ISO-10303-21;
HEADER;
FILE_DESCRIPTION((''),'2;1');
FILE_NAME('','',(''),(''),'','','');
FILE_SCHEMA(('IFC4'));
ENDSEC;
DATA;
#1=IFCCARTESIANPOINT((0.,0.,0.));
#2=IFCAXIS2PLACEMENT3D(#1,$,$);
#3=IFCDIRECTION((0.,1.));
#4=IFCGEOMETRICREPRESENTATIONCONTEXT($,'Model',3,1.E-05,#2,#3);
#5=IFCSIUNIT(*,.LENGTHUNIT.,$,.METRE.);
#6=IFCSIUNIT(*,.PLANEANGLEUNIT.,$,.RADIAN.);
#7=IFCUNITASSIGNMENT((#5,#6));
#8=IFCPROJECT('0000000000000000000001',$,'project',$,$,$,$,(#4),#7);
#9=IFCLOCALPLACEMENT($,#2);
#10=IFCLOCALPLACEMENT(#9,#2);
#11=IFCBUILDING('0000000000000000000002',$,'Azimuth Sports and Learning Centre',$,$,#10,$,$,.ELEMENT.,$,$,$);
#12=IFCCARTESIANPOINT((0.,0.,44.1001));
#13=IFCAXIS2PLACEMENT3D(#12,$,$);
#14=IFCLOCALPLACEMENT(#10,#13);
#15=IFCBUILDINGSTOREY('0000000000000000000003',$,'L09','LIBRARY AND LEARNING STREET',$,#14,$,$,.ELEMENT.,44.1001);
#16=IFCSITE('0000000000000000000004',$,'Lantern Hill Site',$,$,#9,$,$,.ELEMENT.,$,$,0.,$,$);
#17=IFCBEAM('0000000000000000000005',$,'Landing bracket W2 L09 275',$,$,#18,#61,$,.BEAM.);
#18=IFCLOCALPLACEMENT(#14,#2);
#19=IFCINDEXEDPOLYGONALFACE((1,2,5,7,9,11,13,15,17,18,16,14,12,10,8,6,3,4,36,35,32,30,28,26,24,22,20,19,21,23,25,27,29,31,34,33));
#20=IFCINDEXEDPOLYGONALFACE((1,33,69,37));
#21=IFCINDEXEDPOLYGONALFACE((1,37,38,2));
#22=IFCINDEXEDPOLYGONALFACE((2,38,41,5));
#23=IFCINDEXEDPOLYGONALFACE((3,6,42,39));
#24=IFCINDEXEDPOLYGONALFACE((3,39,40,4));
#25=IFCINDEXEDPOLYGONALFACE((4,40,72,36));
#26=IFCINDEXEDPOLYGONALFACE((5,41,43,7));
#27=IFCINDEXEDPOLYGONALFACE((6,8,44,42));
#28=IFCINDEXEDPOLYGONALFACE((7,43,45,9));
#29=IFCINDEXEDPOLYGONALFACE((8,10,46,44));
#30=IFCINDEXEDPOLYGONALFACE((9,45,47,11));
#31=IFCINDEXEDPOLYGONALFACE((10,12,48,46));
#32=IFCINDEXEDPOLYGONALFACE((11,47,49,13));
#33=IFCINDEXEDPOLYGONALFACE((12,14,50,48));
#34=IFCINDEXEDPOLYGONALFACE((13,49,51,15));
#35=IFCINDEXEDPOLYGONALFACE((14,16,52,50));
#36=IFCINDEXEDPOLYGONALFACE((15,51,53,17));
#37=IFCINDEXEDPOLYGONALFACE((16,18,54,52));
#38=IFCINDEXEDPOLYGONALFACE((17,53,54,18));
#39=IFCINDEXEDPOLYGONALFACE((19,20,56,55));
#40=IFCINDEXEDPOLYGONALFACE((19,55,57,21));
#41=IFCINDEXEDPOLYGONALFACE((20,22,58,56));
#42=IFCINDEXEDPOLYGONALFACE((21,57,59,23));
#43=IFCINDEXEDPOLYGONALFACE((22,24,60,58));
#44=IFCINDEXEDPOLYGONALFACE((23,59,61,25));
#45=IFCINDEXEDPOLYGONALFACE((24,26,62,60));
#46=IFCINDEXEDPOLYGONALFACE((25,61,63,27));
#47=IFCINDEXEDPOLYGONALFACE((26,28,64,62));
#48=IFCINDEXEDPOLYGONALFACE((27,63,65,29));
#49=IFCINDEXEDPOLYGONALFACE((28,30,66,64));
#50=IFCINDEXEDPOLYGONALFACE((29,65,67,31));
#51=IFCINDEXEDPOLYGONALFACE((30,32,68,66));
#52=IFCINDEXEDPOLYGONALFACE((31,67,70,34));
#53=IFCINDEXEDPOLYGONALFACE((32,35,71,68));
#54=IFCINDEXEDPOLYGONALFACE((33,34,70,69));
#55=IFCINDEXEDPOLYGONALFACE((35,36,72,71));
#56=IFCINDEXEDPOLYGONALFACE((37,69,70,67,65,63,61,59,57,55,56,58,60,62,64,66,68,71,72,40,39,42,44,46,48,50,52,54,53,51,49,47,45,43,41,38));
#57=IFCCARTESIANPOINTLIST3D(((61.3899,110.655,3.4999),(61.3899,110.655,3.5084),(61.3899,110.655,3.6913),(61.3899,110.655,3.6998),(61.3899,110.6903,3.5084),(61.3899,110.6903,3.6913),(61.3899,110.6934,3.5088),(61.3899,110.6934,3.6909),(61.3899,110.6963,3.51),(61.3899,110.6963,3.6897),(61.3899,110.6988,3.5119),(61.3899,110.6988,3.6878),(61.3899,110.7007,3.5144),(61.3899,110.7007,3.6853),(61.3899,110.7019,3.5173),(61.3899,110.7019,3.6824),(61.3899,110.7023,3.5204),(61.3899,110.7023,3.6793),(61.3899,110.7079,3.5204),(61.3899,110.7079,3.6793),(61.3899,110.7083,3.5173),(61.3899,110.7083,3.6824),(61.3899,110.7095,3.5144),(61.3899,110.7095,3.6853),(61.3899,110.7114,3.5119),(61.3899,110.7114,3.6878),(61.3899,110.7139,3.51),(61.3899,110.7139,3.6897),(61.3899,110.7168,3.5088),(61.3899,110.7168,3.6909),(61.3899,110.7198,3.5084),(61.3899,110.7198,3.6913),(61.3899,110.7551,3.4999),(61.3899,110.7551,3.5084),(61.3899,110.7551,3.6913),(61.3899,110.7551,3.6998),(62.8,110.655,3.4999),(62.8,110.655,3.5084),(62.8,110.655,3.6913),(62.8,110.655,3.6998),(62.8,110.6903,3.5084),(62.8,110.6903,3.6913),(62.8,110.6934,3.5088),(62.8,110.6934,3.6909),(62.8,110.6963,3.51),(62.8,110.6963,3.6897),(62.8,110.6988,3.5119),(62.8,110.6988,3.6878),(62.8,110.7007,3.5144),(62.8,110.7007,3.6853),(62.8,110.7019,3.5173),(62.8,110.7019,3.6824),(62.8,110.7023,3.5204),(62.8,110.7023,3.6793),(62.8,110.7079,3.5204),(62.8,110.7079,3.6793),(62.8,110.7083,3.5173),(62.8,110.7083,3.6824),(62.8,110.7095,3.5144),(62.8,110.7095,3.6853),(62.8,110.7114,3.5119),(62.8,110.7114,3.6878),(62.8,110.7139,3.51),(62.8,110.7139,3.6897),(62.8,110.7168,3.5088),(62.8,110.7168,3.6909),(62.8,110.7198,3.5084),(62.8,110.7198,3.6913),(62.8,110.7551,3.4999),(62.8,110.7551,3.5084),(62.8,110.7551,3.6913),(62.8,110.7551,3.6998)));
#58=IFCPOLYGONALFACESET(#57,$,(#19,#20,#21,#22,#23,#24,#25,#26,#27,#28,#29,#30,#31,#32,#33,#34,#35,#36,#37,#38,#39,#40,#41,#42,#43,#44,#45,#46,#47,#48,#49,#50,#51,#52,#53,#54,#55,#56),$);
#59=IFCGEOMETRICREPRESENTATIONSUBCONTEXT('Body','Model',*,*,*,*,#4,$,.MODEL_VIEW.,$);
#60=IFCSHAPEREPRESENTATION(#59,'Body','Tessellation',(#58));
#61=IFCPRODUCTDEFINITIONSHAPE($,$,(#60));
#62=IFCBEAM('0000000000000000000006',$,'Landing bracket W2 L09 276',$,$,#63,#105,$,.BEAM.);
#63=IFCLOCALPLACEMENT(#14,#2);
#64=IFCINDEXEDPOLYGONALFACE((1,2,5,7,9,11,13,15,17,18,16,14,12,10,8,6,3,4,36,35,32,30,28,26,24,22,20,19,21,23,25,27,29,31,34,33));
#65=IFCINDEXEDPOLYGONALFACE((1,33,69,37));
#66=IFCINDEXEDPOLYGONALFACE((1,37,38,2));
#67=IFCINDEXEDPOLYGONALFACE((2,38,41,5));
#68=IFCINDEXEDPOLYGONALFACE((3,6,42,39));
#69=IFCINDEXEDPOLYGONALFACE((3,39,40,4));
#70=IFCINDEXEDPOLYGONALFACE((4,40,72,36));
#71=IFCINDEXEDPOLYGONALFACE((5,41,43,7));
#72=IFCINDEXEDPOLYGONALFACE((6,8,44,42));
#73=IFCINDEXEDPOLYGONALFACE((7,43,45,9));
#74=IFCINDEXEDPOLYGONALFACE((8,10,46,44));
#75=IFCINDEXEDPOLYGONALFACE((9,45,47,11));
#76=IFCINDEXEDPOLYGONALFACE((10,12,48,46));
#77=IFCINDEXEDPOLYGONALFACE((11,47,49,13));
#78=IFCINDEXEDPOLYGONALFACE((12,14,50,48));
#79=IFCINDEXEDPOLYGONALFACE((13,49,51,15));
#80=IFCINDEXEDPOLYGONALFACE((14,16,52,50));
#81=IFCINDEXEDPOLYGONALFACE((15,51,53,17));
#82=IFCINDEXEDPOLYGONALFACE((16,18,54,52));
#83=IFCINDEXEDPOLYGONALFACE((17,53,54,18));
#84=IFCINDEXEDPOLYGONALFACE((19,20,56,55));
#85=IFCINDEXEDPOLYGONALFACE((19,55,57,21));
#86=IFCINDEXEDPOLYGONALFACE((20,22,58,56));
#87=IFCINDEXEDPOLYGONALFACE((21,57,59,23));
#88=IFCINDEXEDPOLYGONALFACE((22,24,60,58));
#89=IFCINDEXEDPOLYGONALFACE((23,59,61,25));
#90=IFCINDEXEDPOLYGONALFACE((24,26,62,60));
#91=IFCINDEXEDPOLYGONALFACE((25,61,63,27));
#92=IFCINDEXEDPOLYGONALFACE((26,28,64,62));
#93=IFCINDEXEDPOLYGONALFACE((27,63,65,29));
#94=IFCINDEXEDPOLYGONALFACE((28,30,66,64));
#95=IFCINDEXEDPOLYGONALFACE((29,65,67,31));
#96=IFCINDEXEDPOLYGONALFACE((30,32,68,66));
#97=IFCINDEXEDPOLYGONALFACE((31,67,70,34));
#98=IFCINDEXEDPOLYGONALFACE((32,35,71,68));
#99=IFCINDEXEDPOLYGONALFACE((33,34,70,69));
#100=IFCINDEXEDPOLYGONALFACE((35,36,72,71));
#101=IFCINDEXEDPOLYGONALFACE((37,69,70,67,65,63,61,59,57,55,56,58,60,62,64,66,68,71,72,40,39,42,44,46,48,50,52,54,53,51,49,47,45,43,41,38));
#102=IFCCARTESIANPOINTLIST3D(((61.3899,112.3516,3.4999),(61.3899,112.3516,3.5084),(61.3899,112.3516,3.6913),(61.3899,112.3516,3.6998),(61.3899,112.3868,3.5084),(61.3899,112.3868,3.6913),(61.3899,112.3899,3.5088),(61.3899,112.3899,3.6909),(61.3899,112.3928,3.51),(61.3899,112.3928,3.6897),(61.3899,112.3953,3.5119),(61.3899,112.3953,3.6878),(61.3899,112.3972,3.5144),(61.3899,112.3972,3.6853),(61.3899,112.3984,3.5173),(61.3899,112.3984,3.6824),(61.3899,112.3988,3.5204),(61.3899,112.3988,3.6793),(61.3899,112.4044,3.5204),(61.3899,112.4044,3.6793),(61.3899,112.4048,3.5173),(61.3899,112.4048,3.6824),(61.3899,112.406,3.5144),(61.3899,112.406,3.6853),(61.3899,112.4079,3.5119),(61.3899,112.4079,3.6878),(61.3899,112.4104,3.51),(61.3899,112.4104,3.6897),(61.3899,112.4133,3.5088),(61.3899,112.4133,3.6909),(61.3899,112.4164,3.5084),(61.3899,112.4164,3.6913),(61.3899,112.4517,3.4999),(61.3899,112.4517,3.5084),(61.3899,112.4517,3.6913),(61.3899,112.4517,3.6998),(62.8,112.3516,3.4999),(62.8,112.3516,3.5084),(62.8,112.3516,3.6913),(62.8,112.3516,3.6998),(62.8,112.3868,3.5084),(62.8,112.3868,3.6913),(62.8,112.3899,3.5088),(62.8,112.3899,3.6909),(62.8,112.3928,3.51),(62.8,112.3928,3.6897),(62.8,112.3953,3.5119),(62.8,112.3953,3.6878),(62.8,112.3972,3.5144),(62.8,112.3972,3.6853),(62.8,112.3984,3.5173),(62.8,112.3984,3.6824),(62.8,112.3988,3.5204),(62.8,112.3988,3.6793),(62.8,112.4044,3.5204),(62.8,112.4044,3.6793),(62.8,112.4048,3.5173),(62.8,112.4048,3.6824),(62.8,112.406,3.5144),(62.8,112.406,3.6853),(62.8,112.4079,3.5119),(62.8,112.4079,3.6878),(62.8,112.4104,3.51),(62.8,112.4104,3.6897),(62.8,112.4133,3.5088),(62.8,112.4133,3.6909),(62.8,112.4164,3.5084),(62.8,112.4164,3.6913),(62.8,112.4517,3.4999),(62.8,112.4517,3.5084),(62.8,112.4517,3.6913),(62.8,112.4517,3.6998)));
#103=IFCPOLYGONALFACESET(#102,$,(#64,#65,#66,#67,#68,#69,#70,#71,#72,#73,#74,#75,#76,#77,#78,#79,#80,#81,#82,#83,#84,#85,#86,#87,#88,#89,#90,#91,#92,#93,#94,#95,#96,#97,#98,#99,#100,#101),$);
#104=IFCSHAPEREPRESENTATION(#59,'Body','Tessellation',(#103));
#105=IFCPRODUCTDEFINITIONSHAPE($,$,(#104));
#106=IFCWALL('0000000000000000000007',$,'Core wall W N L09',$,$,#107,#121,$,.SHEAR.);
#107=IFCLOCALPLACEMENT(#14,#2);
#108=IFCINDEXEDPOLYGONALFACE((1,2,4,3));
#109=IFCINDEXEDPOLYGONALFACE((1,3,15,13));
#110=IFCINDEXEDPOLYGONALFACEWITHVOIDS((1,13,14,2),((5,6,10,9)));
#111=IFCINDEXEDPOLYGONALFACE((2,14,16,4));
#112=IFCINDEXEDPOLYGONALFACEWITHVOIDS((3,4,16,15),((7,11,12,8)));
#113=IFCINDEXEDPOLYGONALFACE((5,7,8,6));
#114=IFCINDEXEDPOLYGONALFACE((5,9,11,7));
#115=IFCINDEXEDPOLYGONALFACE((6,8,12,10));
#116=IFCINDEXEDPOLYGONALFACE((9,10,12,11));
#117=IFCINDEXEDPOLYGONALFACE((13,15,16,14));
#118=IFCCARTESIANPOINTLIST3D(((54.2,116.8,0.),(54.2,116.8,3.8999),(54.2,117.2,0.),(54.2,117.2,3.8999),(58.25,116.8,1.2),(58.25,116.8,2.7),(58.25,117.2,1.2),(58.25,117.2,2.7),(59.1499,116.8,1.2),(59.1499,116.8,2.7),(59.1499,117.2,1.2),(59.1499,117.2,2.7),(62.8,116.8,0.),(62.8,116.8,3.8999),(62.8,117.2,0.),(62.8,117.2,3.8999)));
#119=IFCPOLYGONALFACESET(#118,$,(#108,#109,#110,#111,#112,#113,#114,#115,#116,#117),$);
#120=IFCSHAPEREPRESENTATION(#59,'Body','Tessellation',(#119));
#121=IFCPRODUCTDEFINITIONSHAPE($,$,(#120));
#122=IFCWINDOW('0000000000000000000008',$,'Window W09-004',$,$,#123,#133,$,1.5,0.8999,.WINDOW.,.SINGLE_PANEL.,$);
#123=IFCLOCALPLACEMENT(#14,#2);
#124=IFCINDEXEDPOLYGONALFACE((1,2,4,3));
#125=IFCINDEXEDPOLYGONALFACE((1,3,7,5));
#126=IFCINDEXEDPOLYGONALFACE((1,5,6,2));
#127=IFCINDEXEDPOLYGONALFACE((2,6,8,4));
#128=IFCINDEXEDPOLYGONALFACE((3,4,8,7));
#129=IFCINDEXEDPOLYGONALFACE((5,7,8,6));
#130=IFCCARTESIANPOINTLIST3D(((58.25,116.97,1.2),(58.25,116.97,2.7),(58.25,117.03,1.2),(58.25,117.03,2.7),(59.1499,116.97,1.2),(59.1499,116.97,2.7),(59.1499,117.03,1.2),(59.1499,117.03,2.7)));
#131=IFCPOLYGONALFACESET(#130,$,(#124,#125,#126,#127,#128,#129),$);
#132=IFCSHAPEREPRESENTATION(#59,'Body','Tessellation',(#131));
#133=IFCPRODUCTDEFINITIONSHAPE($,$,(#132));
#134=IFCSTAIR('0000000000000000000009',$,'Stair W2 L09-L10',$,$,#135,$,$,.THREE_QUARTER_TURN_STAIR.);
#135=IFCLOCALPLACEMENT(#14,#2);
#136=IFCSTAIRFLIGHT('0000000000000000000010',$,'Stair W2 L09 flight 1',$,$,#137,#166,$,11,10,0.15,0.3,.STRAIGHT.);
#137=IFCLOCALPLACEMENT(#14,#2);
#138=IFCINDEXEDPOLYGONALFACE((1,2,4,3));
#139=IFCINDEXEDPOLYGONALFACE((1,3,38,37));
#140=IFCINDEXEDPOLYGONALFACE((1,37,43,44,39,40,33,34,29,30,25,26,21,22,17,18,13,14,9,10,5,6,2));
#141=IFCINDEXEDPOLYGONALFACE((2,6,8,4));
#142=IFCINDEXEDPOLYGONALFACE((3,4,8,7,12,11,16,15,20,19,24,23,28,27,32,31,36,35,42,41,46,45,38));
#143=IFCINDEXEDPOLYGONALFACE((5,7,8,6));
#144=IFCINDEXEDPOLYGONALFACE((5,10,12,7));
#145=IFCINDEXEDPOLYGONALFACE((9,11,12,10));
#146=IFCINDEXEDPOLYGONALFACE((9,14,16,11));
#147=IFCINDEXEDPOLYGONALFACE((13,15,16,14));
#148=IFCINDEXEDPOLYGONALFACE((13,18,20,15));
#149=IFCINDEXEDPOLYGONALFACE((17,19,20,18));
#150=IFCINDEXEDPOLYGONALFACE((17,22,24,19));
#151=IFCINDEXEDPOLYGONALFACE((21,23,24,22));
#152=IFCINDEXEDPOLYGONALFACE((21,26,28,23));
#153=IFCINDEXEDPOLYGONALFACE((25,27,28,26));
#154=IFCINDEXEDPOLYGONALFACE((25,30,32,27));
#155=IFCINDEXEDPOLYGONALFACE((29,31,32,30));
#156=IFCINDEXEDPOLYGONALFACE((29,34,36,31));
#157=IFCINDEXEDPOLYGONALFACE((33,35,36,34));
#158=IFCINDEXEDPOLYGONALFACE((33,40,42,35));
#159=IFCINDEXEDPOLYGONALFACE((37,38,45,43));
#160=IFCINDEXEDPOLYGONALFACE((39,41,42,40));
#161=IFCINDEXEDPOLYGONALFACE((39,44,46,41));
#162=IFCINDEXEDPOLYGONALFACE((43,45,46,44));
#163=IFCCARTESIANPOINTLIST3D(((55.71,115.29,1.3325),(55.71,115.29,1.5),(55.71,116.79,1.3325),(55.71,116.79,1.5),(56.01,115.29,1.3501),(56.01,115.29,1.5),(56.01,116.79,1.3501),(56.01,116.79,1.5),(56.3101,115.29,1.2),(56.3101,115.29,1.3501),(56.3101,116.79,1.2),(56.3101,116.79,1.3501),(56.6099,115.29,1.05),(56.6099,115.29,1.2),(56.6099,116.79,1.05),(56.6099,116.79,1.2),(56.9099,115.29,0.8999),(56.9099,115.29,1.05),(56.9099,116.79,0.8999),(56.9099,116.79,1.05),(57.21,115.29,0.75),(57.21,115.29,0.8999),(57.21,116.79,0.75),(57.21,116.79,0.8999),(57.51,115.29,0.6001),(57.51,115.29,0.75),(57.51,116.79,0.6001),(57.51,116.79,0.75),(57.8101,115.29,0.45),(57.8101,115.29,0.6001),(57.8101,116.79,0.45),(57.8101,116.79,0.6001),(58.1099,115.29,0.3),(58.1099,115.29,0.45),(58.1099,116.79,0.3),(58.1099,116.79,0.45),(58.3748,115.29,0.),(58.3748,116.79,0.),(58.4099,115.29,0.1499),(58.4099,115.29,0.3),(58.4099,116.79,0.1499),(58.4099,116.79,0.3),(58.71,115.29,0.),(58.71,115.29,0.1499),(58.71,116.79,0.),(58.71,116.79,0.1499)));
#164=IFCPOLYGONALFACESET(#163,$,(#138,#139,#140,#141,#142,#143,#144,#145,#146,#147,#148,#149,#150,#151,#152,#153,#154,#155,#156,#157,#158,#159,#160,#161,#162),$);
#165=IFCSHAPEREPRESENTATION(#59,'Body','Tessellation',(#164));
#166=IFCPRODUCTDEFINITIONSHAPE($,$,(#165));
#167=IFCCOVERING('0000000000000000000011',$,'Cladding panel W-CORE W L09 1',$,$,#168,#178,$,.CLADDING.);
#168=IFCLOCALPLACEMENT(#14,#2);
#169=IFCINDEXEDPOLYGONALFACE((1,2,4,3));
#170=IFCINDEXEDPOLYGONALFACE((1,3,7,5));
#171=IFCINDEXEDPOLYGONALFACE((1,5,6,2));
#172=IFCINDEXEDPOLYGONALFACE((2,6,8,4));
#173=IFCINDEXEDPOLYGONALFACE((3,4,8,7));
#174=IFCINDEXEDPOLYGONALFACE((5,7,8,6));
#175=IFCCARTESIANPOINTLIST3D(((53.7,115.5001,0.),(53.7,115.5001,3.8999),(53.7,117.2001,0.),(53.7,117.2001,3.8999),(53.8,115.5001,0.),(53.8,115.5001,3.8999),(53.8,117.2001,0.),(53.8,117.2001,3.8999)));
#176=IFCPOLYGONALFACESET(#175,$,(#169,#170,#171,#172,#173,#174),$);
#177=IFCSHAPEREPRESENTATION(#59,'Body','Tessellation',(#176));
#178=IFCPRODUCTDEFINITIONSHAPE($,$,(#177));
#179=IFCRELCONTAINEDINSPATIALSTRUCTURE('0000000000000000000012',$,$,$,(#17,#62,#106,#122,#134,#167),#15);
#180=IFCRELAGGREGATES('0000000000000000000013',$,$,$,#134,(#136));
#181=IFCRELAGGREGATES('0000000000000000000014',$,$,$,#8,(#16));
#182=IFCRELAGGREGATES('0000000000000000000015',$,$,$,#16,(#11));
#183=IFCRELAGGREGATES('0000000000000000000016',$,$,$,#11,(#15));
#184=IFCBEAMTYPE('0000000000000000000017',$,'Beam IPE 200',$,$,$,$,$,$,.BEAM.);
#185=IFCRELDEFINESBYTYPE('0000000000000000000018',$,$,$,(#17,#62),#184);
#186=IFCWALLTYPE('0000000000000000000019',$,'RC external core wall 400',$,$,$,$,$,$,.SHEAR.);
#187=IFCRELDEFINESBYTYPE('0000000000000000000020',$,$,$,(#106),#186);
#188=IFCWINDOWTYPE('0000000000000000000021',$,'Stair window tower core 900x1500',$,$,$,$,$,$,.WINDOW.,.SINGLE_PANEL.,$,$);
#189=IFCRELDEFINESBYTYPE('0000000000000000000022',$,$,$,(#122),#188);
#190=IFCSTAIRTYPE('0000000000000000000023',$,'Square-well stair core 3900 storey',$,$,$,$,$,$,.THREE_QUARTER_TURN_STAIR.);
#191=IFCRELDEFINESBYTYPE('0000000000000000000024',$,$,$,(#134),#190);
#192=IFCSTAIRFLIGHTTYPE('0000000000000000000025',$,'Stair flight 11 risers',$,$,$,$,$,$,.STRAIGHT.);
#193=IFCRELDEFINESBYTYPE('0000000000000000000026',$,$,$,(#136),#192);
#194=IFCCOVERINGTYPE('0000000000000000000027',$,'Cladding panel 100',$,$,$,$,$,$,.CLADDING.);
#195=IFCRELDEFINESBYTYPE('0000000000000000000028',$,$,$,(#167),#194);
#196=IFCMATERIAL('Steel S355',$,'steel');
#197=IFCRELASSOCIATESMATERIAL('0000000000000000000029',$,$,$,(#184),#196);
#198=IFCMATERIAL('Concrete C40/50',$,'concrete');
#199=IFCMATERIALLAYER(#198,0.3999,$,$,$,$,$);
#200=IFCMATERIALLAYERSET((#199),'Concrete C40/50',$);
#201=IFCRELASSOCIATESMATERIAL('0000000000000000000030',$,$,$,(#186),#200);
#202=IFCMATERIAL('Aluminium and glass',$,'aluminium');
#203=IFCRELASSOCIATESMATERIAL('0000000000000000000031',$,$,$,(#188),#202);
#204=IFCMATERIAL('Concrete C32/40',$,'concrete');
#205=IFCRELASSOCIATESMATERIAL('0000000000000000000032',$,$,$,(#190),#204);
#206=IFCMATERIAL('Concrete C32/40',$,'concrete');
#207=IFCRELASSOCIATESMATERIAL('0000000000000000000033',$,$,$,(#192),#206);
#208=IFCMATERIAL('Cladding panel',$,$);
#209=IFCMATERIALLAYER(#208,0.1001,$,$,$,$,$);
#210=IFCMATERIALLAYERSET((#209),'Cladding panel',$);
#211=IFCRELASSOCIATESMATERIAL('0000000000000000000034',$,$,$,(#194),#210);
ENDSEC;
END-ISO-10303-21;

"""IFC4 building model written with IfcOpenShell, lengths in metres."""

from ifc_helpers import new_model, si_unit, direction, frame, frame_2d, origin, origin_2d, place, context, subcontext, project, spatial, polyline, rectangle, i_section, outline, extrude, material, layer, layer_set, material_profile, profile_set, type_object, element, fill, aggregate, save


model = new_model("IFC4")

# Units and contexts
model_context = context("Model", 3, precision=1e-05, world=origin(), true_north=direction((0.0, 1.0)))
body_context = subcontext(model_context, "Body", "Model", "MODEL_VIEW")
ifc_project = project(units=[si_unit("LENGTHUNIT", "METRE"), si_unit("PLANEANGLEUNIT", "RADIAN")], contexts=[model_context])

# Site, building, storey
site_placement = place(None, origin())
site = spatial("IfcSite", under=ifc_project, at=site_placement, Name="Lantern Hill Site", CompositionType="ELEMENT", RefElevation=0.0)
building_placement = place(site_placement, origin())
building = spatial("IfcBuilding", under=site, at=building_placement, Name="Azimuth Sports and Learning Centre", CompositionType="ELEMENT")
storey_placement = place(building_placement, frame((0.0, 0.0, 44.1001)))
storey = spatial("IfcBuildingStorey", under=building, at=storey_placement, Name="L09", Description="LIBRARY AND LEARNING STREET", CompositionType="ELEMENT", Elevation=44.1001)

# Beams
ifc_material_1 = material(Name="Steel S355", Category="steel")
ifc_material_profile = material_profile(ifc_material_1, i_section(OverallWidth=0.1001, OverallDepth=0.2, WebThickness=0.0056, FlangeThickness=0.0085, FilletRadius=0.012, at=origin_2d()), Name="IPE 200")
ifc_profile_set = profile_set([ifc_material_profile], Name="Steel S355")
beam_type = type_object("IfcBeamType", Name="Beam IPE 200", PredefinedType="BEAM", material=ifc_profile_set)
for number, where, z_axis, x_axis, name in (
    (1, (62.8, 110.7051, 3.5999), (-1.0, 0.0, 0.0), (0.0, -1.0, 0.0), "Landing bracket W2 L09 275"),
    (2, (62.8, 112.4016, 3.5999), (-1.0, 0.0, 0.0), (0.0, -1.0, 0.0), "Landing bracket W2 L09 276"),
):
    element("IfcBeam", number, at=place(storey_placement, frame(where, z_axis=z_axis, x_axis=x_axis)), inside=storey, type_object=beam_type, Name=name, PredefinedType="BEAM", context=body_context, shape_type="SweptSolid", body=[
        extrude(i_section(OverallWidth=0.1001, OverallDepth=0.2, WebThickness=0.0056, FlangeThickness=0.0085, FilletRadius=0.012, at=origin_2d()), origin(), (0.0, 0.0, 1.0), 1.4102),
    ])

# Wall, opening, window
ifc_material_2 = material(Name="Concrete C40/50", Category="concrete")
ifc_layer_1 = layer(ifc_material_2, 0.3999)
ifc_layer_set_1 = layer_set([ifc_layer_1], Name="Concrete C40/50")
wall_type = type_object("IfcWallType", Name="RC external core wall 400", PredefinedType="SHEAR", material=ifc_layer_set_1)
wall_placement = place(storey_placement, frame((54.2, 117.0, 0.0), z_axis=(0.0, 0.0, 1.0), x_axis=(1.0, 0.0, 0.0)))
wall = element("IfcWall", 3, at=wall_placement, inside=storey, type_object=wall_type, Name="Core wall W N L09", PredefinedType="SHEAR", context=body_context, shape_type="SweptSolid", body=[
    extrude(rectangle(XDim=8.6001, YDim=0.3999, at=frame_2d((4.3, 0.0))), origin(), (0.0, 0.0, 1.0), 3.8999),
])
opening_placement = place(wall_placement, frame((4.05, 0.0, 1.2)))
opening = element("IfcOpeningElement", 4, at=opening_placement, cuts=wall, PredefinedType="OPENING", context=body_context, shape_type="SweptSolid", body=[
    extrude(rectangle(XDim=0.8999, YDim=1.5, at=frame_2d((0.45, 0.75))), frame((0.0, 0.2109, 0.0), z_axis=(0.0, -1.0, 0.0), x_axis=(1.0, 0.0, 0.0)), (0.0, 0.0, 1.0), 0.4219),
])
ifc_material_3 = material(Name="Aluminium and glass", Category="aluminium")
window_type = type_object("IfcWindowType", Name="Stair window tower core 900x1500", PartitioningType="SINGLE_PANEL", PredefinedType="WINDOW", material=ifc_material_3)
window_placement = place(opening_placement, origin())
window = element("IfcWindow", 5, at=window_placement, inside=storey, type_object=window_type, Name="Window W09-004", OverallHeight=1.5, OverallWidth=0.8999, PartitioningType="SINGLE_PANEL", PredefinedType="WINDOW", context=body_context, shape_type="SweptSolid", body=[
    extrude(rectangle(XDim=0.8999, YDim=1.5, at=frame_2d((0.45, 0.75))), frame((0.0, 0.03, 0.0), z_axis=(0.0, -1.0, 0.0), x_axis=(1.0, 0.0, 0.0)), (0.0, 0.0, 1.0), 0.0601),
])
fill(opening, window)

# Stair, stair flight
ifc_material_4 = material(Name="Concrete C32/40", Category="concrete")
stair_type = type_object("IfcStairType", Name="Square-well stair core 3900 storey", PredefinedType="THREE_QUARTER_TURN_STAIR", material=ifc_material_4)
stair_placement = place(storey_placement, origin())
stair = element("IfcStair", 6, at=stair_placement, inside=storey, type_object=stair_type, Name="Stair W2 L09-L10", PredefinedType="THREE_QUARTER_TURN_STAIR")
ifc_material_5 = material(Name="Concrete C32/40", Category="concrete")
stair_flight_type = type_object("IfcStairFlightType", Name="Stair flight 11 risers", PredefinedType="STRAIGHT", material=ifc_material_5)
stair_flight_placement = place(storey_placement, frame((58.71, 116.04, 0.0), z_axis=(0.0, 0.0, 1.0), x_axis=(-1.0, 0.0, 0.0)))
stair_flight = element("IfcStairFlight", 7, at=stair_flight_placement, type_object=stair_flight_type, Name="Stair W2 L09 flight 1", NumberOfRisers=11, NumberOfTreads=10, PredefinedType="STRAIGHT", RiserHeight=0.15, TreadLength=0.3, context=body_context, shape_type="SweptSolid", body=[
    extrude(outline(polyline([(0.0, 0.0), (0.0, 0.1499), (0.3, 0.1499), (0.3, 0.3), (0.6001, 0.3), (0.6001, 0.45), (0.8999, 0.45), (0.8999, 0.6001), (1.2, 0.6001), (1.2, 0.75), (1.5, 0.75), (1.5, 0.8999), (1.8, 0.8999), (1.8, 1.05), (2.1001, 1.05), (2.1001, 1.2), (2.3999, 1.2), (2.3999, 1.3501), (2.7, 1.3501), (2.7, 1.5), (3.0, 1.5), (3.0, 1.6499), (3.0, 1.3325), (0.3352, 0.0), (0.0, 0.0)])), frame((0.0, 0.75, 0.0), z_axis=(0.0, -1.0, 0.0), x_axis=(1.0, 0.0, 0.0)), (0.0, 0.0, 1.0), 1.5),
])
aggregate(stair, [stair_flight])

# Covering
ifc_material_6 = material(Name="Cladding panel")
ifc_layer_2 = layer(ifc_material_6, 0.1001)
ifc_layer_set_2 = layer_set([ifc_layer_2], Name="Cladding panel")
covering_type = type_object("IfcCoveringType", Name="Cladding panel 100", PredefinedType="CLADDING", material=ifc_layer_set_2)
covering_placement = place(storey_placement, frame((53.75, 116.3501, 0.0), z_axis=(0.0, 0.0, 1.0), x_axis=(0.0, -1.0, 0.0)))
element("IfcCovering", 8, at=covering_placement, inside=storey, type_object=covering_type, Name="Cladding panel W-CORE W L09 1", PredefinedType="CLADDING", context=body_context, shape_type="SweptSolid", body=[
    extrude(rectangle(XDim=1.7, YDim=0.1001, at=origin_2d()), origin(), (0.0, 0.0, 1.0), 3.8999),
])

save(model, "model.ifc")
